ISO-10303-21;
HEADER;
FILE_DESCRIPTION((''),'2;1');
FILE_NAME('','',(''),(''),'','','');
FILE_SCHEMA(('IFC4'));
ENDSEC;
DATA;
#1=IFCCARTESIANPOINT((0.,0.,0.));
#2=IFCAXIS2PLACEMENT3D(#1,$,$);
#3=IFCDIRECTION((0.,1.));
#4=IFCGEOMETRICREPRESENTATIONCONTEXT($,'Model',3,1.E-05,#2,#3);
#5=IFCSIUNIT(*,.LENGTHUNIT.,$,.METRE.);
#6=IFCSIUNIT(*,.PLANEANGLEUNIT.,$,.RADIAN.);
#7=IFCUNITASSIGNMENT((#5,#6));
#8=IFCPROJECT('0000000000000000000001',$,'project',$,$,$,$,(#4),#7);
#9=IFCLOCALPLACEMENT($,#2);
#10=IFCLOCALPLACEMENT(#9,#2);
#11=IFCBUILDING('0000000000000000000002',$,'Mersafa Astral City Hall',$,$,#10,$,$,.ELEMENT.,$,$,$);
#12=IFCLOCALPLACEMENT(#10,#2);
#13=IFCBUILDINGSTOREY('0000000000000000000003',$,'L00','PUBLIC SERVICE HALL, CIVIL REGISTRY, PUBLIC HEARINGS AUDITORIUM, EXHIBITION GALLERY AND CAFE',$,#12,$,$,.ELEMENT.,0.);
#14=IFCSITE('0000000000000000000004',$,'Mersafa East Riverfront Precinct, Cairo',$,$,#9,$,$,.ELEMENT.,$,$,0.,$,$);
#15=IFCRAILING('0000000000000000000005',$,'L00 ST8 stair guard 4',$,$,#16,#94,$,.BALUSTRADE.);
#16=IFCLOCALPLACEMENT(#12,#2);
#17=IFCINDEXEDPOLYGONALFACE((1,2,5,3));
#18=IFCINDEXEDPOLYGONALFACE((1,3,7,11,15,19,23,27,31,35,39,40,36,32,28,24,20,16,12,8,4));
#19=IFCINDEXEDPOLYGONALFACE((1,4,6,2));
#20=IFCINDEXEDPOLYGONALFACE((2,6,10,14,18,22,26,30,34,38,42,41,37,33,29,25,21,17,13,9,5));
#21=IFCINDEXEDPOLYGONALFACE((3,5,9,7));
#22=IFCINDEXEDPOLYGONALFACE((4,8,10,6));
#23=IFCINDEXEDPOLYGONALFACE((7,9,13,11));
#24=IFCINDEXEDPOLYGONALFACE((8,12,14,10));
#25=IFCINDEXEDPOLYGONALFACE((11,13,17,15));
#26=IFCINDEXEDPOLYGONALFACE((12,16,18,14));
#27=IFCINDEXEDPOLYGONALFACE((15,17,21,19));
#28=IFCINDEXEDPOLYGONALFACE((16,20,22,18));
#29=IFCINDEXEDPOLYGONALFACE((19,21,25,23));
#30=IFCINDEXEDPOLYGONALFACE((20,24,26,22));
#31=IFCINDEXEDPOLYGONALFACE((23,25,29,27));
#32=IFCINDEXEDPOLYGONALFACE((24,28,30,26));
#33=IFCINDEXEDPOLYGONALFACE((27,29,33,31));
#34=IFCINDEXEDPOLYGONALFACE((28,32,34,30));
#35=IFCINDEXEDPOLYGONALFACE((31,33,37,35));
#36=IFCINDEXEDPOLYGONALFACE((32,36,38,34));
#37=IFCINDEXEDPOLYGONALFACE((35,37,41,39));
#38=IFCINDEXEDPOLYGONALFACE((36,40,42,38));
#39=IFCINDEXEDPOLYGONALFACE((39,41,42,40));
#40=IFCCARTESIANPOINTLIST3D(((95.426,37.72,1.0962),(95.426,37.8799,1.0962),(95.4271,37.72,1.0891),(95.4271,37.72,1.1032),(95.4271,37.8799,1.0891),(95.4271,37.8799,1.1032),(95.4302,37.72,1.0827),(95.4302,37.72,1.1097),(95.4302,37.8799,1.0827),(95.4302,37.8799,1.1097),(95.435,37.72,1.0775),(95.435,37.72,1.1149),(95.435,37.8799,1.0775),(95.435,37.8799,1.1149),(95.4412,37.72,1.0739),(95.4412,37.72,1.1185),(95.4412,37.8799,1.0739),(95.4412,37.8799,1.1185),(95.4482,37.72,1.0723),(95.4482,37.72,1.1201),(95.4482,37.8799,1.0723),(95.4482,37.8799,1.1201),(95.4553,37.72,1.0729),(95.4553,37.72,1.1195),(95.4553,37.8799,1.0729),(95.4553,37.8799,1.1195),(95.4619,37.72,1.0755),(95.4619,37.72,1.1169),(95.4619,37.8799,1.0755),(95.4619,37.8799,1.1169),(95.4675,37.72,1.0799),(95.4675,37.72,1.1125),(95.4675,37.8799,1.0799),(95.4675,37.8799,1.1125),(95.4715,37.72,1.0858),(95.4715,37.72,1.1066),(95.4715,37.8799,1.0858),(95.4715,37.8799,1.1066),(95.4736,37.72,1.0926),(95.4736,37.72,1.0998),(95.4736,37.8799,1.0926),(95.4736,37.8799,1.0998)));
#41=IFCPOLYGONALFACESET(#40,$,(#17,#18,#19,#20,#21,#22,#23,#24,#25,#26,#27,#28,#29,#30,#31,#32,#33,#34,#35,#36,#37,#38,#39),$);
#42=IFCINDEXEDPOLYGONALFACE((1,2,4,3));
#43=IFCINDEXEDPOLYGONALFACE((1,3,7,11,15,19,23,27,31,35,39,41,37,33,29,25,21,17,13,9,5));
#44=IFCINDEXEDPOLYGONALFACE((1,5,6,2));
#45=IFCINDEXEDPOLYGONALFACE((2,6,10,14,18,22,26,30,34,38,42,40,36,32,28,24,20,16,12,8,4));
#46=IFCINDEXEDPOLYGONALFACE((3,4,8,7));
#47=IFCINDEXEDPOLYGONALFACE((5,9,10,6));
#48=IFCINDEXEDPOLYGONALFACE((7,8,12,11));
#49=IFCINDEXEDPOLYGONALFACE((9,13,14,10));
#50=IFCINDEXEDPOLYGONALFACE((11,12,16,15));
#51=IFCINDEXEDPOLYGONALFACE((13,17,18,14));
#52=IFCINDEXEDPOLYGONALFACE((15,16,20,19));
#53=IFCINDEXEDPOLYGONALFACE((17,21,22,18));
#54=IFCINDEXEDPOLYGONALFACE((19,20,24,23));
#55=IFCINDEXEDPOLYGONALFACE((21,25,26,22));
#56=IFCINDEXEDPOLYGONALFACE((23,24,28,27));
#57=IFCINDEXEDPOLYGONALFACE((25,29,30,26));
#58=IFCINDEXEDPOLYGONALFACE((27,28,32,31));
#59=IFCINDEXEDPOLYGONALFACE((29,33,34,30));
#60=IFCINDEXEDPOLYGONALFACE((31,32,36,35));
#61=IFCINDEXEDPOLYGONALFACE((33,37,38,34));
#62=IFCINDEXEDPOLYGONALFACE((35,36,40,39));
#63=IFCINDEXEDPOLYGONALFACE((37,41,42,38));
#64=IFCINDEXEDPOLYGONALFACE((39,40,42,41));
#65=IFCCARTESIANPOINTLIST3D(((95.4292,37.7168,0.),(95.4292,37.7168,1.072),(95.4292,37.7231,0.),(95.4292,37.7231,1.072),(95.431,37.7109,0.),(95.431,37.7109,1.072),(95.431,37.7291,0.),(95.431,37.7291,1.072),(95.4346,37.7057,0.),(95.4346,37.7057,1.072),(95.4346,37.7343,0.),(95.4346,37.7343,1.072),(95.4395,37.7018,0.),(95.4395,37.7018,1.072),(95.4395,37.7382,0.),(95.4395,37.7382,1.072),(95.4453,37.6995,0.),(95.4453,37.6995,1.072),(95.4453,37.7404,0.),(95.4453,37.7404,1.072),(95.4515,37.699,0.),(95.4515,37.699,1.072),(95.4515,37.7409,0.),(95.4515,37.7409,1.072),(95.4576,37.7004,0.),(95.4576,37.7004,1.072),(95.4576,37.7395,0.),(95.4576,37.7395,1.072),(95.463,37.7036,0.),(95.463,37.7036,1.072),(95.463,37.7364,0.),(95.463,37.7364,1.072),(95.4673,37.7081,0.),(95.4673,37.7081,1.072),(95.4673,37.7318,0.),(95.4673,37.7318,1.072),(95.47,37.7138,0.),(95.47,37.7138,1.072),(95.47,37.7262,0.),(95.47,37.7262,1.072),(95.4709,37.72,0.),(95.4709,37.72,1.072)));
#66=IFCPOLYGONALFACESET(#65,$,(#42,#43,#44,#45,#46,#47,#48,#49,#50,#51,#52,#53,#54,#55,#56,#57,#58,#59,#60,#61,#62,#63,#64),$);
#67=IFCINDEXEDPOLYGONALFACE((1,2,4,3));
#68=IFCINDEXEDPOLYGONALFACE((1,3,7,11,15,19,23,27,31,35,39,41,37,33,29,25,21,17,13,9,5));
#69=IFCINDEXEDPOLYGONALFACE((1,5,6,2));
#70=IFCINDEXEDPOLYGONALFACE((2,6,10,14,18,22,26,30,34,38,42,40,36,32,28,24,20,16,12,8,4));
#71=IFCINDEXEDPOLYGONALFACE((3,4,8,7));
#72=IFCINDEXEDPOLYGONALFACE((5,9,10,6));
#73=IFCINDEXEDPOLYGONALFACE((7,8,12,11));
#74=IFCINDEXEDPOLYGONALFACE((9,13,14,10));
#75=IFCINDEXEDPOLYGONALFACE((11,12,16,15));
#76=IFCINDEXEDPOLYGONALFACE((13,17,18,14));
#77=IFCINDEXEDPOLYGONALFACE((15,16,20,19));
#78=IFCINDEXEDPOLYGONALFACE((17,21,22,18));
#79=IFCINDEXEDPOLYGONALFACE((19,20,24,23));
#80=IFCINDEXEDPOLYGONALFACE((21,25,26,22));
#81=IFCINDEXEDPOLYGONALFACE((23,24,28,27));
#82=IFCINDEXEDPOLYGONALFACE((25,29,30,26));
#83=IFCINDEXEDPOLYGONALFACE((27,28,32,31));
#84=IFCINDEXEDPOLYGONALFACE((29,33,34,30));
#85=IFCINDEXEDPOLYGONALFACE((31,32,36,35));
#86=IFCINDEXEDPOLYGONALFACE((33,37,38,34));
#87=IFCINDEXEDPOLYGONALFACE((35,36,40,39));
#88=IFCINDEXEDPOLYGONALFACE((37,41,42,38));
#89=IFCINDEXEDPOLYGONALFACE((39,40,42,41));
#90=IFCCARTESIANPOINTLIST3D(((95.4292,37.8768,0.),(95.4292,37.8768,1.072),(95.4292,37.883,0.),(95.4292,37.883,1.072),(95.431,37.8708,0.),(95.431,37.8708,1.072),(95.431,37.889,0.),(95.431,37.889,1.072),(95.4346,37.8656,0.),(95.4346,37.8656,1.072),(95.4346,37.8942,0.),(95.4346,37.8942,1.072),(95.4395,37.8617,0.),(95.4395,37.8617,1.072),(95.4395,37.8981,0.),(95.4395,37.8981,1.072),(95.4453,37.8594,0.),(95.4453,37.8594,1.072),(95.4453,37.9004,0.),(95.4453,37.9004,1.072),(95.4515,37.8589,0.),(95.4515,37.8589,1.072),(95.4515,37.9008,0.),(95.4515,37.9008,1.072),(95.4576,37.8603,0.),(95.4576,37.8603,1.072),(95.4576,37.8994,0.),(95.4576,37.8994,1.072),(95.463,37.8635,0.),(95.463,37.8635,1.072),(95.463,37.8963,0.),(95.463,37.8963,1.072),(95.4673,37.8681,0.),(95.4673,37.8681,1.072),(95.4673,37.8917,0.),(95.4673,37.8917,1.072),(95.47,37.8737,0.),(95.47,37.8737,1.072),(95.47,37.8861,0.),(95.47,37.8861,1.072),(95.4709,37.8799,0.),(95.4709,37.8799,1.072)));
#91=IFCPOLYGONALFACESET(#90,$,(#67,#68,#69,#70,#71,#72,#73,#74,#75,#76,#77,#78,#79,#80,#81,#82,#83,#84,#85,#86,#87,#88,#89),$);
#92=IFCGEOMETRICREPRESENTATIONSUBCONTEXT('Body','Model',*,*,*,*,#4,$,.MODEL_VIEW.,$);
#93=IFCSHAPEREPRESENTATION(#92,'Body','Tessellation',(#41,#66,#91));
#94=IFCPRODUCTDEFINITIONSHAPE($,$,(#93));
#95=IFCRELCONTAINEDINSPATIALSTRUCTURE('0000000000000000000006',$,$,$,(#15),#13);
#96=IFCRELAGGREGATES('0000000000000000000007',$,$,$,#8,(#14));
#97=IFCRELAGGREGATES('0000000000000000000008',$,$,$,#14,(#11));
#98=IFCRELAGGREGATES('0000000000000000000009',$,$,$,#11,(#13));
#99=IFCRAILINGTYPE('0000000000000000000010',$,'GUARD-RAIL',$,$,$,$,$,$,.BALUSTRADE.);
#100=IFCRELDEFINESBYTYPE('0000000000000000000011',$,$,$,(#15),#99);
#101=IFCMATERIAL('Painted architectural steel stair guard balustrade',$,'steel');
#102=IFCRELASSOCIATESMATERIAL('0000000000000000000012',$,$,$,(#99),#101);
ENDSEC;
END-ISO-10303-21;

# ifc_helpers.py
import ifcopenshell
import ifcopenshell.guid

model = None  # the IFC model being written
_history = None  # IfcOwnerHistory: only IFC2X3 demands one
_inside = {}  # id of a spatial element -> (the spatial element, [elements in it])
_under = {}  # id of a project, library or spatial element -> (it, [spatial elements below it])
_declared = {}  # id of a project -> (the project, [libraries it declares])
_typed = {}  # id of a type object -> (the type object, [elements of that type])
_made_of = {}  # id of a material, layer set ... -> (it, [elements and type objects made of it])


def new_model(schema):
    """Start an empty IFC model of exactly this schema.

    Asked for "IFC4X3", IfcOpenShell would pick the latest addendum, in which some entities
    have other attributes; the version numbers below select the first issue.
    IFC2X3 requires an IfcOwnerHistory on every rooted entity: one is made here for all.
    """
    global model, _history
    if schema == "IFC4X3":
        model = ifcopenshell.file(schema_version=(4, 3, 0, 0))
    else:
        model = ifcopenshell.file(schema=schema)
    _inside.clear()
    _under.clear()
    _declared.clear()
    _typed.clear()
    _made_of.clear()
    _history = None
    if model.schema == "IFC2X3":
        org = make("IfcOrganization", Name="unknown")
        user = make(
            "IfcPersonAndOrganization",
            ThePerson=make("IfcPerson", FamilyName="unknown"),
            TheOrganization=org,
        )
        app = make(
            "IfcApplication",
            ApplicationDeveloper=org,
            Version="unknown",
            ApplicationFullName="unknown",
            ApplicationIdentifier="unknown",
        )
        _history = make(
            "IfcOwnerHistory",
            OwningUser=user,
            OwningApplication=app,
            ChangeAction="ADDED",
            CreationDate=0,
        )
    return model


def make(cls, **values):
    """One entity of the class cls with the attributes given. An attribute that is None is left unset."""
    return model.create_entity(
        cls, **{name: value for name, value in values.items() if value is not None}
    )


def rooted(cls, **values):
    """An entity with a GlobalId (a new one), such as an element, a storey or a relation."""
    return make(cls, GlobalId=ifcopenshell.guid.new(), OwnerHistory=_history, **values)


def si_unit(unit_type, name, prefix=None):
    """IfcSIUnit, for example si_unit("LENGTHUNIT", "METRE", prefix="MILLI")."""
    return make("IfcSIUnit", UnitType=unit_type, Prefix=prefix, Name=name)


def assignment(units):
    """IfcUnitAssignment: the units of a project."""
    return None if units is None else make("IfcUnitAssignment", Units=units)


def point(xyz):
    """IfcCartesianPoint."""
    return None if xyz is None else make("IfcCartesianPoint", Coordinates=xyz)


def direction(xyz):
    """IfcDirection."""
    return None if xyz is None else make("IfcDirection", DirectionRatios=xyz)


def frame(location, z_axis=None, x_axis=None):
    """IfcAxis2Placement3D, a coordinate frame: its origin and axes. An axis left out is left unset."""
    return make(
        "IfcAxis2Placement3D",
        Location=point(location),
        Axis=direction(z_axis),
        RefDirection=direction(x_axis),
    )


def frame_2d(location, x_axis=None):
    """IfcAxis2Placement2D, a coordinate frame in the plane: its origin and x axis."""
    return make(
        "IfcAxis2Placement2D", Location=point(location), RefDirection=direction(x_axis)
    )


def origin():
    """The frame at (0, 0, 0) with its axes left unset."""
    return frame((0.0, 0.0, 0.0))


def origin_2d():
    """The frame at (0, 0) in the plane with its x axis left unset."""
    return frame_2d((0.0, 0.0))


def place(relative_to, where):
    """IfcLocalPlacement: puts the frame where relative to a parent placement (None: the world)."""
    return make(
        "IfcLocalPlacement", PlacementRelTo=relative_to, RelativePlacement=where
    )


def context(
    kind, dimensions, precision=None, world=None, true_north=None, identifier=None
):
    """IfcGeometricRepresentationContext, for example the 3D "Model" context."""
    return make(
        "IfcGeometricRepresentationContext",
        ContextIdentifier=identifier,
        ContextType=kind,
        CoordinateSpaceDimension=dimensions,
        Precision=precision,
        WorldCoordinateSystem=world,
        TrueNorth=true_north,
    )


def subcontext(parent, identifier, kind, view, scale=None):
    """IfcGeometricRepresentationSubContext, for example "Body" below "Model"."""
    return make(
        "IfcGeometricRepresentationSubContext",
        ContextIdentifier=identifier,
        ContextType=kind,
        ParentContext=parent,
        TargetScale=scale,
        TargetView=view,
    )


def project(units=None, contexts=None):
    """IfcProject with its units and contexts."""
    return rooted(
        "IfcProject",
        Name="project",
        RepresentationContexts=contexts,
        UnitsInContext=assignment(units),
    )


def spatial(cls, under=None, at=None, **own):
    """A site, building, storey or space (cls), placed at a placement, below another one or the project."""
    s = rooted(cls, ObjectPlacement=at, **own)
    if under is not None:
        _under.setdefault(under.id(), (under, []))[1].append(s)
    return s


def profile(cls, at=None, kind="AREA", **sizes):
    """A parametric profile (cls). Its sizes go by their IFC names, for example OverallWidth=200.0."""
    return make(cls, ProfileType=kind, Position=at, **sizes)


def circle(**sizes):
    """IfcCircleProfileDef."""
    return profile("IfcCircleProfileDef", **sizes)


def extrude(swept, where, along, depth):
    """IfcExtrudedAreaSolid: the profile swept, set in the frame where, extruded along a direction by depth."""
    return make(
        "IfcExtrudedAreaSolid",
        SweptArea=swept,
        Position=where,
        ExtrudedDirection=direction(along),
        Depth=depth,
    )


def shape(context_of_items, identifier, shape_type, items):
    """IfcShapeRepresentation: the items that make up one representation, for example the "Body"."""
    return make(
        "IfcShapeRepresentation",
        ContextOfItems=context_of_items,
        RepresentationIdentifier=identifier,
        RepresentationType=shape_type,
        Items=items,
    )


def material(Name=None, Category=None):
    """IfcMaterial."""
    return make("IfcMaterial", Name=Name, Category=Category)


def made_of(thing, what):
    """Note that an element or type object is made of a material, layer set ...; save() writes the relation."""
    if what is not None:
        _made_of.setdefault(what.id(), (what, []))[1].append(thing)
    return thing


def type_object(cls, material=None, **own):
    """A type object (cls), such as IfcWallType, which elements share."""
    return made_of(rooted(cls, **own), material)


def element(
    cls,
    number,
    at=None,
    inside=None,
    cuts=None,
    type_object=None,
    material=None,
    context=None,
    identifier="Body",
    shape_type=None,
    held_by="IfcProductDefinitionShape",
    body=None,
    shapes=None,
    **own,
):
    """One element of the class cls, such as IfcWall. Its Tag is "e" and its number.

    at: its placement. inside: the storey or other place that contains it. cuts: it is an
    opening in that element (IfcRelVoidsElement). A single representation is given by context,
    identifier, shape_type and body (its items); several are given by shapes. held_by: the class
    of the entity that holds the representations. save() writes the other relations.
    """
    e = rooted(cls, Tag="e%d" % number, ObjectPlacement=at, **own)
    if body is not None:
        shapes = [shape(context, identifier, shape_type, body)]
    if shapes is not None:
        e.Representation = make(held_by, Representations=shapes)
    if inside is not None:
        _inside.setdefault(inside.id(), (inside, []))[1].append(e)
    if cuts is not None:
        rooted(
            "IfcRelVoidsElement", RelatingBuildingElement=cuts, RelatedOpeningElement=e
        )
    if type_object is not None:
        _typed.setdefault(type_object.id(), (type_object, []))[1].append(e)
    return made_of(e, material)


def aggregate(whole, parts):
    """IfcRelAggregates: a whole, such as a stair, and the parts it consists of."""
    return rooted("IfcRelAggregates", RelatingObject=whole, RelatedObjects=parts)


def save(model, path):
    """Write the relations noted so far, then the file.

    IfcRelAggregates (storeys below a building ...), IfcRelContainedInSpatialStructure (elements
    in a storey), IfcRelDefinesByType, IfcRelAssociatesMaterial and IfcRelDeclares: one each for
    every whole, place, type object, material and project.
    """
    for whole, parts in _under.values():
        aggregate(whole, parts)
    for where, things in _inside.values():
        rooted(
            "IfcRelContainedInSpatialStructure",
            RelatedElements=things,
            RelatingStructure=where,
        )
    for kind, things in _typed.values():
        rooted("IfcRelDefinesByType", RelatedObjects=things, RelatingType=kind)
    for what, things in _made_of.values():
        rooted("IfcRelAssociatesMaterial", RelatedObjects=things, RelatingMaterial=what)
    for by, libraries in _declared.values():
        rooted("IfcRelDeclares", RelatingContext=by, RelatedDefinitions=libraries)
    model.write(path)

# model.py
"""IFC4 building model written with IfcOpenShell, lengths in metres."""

from ifc_helpers import new_model, si_unit, direction, frame, origin, origin_2d, place, context, subcontext, project, spatial, circle, extrude, material, type_object, element, save


model = new_model("IFC4")

# Units and contexts
model_context = context("Model", 3, precision=1e-05, world=origin(), true_north=direction((0.0, 1.0)))
body_context = subcontext(model_context, "Body", "Model", "MODEL_VIEW")
ifc_project = project(units=[si_unit("LENGTHUNIT", "METRE"), si_unit("PLANEANGLEUNIT", "RADIAN")], contexts=[model_context])

# Site, building, storey
site_placement = place(None, origin())
site = spatial("IfcSite", under=ifc_project, at=site_placement, Name="Mersafa East Riverfront Precinct, Cairo", CompositionType="ELEMENT", RefElevation=0.0)
building_placement = place(site_placement, origin())
building = spatial("IfcBuilding", under=site, at=building_placement, Name="Mersafa Astral City Hall", CompositionType="ELEMENT")
storey_placement = place(building_placement, origin())
storey = spatial("IfcBuildingStorey", under=building, at=storey_placement, Name="L00", Description="PUBLIC SERVICE HALL, CIVIL REGISTRY, PUBLIC HEARINGS AUDITORIUM, EXHIBITION GALLERY AND CAFE", CompositionType="ELEMENT", Elevation=0.0)

# Railing
ifc_material_1 = material(Name="Painted architectural steel stair guard balustrade", Category="steel")
railing_type_1 = type_object("IfcRailingType", Name="GUARD-RAIL", PredefinedType="BALUSTRADE", material=ifc_material_1)
railing_1_placement = place(storey_placement, frame((95.45, 37.72, 0.0)))
element("IfcRailing", 1, at=railing_1_placement, inside=storey, type_object=railing_type_1, Name="L00 ST8 stair guard 4", PredefinedType="BALUSTRADE", context=body_context, shape_type="SweptSolid", body=[
    extrude(circle(Radius=0.0239, at=origin_2d()), frame((0.0, 0.0, 1.0962), z_axis=(0.0, 1.0, 0.0), x_axis=(-1.0, 0.0, 0.0)), (0.0, 0.0, 1.0), 0.1599),
    extrude(circle(Radius=0.021, at=origin_2d()), origin(), (0.0, 0.0, 1.0), 1.072),
    extrude(circle(Radius=0.021, at=origin_2d()), frame((0.0, 0.1599, 0.0)), (0.0, 0.0, 1.0), 1.072),
])

save(model, "model.ifc")
